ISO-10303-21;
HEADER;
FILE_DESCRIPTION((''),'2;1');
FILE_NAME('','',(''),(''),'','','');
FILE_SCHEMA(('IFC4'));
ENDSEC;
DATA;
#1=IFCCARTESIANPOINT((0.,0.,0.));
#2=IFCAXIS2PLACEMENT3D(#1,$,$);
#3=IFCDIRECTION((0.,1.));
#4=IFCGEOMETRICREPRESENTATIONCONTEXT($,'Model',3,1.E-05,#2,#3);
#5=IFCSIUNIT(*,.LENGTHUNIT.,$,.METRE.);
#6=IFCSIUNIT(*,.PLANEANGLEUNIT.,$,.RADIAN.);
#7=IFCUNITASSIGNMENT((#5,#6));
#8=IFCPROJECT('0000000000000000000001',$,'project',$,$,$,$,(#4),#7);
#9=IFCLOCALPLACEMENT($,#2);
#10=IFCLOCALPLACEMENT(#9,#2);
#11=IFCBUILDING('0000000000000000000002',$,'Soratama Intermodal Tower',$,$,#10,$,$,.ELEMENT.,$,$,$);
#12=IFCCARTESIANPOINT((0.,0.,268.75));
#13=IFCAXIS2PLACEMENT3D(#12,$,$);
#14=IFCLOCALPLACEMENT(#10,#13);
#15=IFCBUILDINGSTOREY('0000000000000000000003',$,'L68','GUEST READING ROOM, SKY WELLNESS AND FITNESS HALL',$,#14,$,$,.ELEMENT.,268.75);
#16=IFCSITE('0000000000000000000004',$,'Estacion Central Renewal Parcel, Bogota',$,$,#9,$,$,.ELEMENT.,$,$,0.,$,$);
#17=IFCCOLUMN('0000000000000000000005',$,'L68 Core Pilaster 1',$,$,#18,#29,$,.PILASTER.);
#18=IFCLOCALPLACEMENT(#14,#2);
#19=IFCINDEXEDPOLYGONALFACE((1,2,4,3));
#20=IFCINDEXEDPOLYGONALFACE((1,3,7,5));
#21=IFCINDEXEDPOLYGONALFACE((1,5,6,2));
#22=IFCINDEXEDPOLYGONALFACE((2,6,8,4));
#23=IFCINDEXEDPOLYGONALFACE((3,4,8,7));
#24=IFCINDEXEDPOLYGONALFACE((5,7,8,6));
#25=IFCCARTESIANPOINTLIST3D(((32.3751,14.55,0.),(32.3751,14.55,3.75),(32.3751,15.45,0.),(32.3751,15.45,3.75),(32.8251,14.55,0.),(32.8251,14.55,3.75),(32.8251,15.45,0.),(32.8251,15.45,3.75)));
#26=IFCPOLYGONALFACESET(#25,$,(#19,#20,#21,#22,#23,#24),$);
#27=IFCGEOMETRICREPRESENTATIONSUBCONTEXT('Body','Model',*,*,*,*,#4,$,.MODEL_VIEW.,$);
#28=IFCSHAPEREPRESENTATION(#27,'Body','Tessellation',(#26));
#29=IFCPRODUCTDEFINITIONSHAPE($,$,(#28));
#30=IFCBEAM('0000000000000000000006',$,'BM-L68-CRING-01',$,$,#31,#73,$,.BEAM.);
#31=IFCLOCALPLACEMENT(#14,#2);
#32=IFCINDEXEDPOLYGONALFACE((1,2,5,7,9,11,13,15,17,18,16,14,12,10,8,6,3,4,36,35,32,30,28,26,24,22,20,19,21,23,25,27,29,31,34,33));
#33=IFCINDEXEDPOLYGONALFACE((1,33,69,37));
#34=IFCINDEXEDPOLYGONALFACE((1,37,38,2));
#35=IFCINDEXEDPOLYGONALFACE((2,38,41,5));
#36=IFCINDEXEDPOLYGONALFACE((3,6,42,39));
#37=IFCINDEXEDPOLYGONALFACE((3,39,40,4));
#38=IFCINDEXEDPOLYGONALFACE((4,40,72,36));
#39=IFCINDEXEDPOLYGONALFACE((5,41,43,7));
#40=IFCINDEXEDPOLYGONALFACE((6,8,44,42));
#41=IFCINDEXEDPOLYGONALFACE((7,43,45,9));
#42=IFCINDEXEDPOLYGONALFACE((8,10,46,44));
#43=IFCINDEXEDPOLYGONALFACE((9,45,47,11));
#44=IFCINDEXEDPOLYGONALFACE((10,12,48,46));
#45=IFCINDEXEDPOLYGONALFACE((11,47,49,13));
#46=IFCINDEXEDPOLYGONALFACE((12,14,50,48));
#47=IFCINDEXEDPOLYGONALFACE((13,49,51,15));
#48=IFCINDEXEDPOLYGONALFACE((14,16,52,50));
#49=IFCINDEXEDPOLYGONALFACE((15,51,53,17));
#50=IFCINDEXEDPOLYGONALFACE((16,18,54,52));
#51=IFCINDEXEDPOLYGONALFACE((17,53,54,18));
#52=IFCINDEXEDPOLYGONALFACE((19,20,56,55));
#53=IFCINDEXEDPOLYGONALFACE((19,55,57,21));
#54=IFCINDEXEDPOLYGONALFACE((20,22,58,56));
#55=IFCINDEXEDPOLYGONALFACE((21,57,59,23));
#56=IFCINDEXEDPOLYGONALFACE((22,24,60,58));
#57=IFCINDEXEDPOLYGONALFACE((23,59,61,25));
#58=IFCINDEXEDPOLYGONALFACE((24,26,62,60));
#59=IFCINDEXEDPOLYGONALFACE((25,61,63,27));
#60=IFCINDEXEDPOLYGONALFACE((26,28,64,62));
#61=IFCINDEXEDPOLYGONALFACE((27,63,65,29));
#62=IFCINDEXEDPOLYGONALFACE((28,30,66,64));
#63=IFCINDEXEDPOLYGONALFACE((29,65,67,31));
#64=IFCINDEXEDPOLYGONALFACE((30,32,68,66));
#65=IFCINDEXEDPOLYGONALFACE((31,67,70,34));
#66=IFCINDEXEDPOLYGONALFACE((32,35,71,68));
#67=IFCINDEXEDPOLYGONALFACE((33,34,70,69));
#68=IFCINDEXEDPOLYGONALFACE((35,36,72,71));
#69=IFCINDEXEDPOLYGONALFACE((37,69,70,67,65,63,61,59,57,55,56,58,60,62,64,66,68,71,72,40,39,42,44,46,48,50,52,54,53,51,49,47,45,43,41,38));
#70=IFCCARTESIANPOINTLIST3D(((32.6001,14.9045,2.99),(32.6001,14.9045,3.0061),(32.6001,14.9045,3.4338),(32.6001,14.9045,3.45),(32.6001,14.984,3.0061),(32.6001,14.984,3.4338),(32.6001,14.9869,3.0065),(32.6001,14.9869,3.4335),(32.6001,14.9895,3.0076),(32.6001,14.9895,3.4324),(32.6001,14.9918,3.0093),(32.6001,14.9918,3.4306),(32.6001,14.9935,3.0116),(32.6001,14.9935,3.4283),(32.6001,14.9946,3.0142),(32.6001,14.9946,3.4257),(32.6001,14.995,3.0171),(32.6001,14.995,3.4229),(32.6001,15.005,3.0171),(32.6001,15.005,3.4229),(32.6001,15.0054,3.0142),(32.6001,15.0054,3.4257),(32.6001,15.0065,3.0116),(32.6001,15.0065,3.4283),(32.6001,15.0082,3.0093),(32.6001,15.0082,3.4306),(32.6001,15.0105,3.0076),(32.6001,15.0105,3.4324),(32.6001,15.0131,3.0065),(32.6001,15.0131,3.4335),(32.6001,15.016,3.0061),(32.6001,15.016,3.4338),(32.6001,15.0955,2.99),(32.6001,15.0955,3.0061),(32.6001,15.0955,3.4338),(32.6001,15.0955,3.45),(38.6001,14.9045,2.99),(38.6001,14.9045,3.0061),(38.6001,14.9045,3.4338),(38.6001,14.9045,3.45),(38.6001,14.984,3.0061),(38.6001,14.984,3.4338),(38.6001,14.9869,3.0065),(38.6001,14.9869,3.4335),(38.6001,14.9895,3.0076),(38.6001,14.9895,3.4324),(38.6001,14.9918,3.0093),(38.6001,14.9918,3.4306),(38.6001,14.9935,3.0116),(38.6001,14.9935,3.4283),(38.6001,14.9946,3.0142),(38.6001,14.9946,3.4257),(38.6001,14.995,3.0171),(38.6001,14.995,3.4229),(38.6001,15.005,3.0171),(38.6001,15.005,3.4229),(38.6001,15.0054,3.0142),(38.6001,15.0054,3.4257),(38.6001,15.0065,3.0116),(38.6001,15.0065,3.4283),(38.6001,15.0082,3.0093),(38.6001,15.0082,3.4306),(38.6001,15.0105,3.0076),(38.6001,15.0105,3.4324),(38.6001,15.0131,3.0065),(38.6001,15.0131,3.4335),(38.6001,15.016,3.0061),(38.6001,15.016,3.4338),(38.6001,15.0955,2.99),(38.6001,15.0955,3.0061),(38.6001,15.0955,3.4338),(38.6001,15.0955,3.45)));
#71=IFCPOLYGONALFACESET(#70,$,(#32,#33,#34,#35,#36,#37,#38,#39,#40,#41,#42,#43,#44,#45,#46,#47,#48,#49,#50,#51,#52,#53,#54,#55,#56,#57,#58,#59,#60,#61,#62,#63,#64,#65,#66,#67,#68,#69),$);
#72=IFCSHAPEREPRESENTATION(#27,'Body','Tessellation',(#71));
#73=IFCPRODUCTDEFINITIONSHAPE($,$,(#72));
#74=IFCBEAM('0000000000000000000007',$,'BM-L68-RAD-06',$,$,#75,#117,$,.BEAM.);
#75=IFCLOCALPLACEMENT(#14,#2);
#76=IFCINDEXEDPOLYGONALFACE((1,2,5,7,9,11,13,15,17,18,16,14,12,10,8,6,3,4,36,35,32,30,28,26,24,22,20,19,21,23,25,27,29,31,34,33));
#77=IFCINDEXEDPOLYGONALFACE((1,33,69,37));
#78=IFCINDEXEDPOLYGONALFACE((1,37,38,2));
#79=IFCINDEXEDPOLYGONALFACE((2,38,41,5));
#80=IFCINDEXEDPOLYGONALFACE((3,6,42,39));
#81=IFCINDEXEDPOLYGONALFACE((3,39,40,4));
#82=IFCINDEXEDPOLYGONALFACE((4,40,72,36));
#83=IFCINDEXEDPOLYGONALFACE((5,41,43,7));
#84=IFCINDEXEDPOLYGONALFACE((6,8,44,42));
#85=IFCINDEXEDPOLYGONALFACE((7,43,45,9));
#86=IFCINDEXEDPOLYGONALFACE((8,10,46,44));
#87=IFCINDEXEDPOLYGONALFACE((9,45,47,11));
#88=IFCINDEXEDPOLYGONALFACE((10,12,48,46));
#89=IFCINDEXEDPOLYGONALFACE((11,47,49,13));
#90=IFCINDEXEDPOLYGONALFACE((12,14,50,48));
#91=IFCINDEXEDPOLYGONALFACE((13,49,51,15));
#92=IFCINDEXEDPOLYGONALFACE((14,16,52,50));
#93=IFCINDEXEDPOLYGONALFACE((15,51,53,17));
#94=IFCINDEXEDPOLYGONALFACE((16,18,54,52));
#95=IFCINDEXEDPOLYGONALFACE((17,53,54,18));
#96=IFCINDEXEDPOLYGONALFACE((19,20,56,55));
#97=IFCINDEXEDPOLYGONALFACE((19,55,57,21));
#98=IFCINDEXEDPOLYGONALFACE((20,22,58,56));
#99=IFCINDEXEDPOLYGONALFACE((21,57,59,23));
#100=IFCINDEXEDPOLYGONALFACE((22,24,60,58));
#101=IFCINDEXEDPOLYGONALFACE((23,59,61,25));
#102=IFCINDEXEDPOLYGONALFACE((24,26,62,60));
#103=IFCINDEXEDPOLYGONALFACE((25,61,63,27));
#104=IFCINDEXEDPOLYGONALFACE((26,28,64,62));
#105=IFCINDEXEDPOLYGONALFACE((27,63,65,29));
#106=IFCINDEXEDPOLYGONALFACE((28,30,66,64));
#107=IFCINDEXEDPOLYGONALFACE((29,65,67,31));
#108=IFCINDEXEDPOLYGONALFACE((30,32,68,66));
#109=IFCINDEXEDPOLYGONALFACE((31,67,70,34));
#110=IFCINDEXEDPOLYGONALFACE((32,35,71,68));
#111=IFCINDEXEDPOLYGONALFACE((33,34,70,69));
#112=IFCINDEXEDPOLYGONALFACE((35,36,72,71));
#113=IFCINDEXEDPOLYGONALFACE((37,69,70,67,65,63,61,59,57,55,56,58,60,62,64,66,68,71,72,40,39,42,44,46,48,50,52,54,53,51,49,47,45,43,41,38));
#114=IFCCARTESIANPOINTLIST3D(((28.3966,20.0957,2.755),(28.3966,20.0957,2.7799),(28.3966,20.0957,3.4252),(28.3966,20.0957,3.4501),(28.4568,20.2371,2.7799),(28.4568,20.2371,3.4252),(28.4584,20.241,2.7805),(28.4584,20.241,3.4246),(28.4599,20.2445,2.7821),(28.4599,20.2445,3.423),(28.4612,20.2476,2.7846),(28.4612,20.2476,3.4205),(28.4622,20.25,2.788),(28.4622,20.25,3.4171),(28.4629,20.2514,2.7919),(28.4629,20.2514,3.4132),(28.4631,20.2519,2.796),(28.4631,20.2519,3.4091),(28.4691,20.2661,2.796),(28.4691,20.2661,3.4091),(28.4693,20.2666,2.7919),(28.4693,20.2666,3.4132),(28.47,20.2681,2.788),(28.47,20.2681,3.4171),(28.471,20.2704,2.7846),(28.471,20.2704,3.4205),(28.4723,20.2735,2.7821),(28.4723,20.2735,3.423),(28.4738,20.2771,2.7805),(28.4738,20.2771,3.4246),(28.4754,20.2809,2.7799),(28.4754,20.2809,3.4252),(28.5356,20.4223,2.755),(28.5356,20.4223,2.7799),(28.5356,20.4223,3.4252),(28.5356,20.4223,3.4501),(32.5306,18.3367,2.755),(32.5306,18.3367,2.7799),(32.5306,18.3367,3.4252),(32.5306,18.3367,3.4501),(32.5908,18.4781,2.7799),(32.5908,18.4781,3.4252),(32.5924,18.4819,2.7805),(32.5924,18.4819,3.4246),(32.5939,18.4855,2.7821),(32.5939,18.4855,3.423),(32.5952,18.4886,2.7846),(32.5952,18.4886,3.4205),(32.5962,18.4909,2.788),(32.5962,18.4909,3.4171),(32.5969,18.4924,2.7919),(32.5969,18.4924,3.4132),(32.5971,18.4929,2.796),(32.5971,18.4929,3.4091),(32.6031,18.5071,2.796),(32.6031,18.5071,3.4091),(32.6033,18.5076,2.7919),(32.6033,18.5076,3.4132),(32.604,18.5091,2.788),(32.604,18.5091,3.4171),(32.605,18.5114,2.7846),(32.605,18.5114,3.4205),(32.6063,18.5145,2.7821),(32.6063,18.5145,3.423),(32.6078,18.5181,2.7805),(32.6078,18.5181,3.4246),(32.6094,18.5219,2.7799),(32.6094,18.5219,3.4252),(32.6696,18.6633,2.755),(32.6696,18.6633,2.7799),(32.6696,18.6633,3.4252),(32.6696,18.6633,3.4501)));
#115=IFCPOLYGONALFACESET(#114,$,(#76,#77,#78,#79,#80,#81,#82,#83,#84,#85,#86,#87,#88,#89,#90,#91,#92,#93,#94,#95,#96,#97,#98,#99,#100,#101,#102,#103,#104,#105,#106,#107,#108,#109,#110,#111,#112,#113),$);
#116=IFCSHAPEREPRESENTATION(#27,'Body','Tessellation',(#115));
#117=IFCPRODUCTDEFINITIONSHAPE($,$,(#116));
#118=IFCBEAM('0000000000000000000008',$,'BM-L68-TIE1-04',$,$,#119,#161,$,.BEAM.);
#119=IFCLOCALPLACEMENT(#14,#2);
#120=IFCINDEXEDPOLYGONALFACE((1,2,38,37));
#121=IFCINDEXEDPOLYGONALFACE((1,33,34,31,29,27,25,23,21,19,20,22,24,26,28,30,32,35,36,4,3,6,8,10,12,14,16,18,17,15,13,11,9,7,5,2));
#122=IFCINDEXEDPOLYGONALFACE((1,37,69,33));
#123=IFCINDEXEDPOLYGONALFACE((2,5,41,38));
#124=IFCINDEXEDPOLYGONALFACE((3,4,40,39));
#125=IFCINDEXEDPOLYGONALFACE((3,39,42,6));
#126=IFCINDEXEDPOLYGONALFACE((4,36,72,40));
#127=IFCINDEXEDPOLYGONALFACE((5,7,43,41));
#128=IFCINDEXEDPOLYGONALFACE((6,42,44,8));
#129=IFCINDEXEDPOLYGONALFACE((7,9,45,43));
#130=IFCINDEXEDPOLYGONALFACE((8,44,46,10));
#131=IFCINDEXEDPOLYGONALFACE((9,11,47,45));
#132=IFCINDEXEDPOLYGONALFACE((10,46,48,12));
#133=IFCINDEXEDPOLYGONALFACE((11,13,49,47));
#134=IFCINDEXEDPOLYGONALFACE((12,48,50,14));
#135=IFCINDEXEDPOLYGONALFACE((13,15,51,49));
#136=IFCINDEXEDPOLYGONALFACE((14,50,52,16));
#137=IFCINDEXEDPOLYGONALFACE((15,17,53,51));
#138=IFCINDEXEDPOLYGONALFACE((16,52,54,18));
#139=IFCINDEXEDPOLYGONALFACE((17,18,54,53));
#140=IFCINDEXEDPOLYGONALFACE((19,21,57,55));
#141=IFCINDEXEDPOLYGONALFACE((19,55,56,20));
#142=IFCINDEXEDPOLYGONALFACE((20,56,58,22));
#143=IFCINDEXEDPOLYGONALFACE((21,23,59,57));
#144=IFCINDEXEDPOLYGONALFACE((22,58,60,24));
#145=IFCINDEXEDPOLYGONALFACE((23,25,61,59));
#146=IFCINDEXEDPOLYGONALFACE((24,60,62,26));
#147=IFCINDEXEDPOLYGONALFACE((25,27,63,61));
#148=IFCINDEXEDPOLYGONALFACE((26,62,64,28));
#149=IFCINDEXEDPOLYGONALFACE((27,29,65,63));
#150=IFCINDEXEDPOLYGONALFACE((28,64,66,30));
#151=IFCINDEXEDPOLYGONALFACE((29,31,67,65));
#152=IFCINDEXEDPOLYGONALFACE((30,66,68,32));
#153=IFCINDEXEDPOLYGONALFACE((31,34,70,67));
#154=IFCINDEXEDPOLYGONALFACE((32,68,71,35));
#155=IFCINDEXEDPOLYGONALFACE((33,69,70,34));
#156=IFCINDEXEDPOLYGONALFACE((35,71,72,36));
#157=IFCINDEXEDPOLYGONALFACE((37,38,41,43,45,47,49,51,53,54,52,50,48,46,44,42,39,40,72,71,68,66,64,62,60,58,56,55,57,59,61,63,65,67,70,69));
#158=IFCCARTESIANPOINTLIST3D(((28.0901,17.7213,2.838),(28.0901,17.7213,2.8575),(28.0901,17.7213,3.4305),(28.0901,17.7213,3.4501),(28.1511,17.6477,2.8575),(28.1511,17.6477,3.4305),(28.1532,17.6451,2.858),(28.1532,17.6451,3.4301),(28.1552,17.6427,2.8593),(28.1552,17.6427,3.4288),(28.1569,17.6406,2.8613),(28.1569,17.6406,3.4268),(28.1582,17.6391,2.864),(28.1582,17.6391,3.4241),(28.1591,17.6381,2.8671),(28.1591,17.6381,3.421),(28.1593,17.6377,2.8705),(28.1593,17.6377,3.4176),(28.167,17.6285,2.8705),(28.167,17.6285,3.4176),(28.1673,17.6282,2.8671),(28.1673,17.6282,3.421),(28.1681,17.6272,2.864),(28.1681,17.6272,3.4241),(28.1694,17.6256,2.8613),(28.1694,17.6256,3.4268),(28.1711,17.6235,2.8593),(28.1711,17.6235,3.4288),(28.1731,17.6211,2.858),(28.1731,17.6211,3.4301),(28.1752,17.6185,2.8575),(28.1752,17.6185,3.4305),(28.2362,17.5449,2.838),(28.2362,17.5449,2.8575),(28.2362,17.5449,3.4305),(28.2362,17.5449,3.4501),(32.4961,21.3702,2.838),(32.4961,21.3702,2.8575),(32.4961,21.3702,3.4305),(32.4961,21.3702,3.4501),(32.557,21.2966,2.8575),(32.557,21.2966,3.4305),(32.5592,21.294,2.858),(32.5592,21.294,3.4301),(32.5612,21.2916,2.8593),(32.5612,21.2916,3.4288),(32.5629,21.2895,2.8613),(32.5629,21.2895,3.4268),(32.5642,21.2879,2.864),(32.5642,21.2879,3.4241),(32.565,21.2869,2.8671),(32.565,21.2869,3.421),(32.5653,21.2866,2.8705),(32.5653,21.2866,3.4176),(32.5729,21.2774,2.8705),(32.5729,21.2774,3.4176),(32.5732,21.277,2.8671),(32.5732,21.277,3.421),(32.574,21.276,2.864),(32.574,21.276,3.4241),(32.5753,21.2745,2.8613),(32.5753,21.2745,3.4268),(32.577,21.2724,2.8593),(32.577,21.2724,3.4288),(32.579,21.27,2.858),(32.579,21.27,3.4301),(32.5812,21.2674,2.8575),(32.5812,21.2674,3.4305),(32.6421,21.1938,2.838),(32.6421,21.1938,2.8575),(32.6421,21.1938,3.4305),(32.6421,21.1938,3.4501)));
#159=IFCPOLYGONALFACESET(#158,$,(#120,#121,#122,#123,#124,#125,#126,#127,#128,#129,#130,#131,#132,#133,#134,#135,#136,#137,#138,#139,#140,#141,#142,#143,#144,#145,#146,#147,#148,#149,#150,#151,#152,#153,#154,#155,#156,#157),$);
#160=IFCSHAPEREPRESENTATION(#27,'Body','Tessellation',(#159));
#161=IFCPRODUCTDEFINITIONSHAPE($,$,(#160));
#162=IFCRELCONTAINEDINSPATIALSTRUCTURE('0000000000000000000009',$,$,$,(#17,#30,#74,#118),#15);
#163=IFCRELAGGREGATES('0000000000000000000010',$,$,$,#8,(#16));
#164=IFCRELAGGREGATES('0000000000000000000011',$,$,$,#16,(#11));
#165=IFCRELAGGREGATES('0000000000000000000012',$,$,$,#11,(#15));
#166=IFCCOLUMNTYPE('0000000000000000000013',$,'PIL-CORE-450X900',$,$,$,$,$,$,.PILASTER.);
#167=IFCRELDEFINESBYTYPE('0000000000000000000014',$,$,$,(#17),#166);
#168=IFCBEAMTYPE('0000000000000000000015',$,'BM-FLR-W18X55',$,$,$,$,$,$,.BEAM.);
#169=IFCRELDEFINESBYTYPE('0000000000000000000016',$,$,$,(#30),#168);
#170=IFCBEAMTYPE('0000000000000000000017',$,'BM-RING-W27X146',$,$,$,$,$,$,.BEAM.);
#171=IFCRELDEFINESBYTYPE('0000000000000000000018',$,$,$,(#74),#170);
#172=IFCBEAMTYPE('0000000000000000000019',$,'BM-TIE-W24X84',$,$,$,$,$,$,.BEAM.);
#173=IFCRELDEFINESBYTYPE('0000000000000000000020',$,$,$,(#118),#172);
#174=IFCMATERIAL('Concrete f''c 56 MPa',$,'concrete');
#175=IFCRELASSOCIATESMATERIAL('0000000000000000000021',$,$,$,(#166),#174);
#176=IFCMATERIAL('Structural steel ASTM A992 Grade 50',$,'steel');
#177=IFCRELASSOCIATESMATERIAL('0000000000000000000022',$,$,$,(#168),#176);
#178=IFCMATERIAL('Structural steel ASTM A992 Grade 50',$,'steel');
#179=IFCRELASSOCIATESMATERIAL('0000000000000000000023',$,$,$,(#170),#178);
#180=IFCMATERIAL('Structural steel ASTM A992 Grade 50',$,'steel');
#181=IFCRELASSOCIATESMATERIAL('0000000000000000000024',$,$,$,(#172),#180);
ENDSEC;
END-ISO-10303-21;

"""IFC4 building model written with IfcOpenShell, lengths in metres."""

from ifc_helpers import new_model, si_unit, direction, frame, origin, origin_2d, place, context, subcontext, project, spatial, rectangle, i_section, extrude, material, material_profile, profile_set, type_object, element, save


model = new_model("IFC4")

# Units and contexts
model_context = context("Model", 3, precision=1e-05, world=origin(), true_north=direction((0.0, 1.0)))
body_context = subcontext(model_context, "Body", "Model", "MODEL_VIEW")
ifc_project = project(units=[si_unit("LENGTHUNIT", "METRE"), si_unit("PLANEANGLEUNIT", "RADIAN")], contexts=[model_context])

# Site, building, storey
site_placement = place(None, origin())
site = spatial("IfcSite", under=ifc_project, at=site_placement, Name="Estacion Central Renewal Parcel, Bogota", CompositionType="ELEMENT", RefElevation=0.0)
building_placement = place(site_placement, origin())
building = spatial("IfcBuilding", under=site, at=building_placement, Name="Soratama Intermodal Tower", CompositionType="ELEMENT")
storey_placement = place(building_placement, frame((0.0, 0.0, 268.75)))
storey = spatial("IfcBuildingStorey", under=building, at=storey_placement, Name="L68", Description="GUEST READING ROOM, SKY WELLNESS AND FITNESS HALL", CompositionType="ELEMENT", Elevation=268.75)

# Column
ifc_material_1 = material(Name="Concrete f'c 56 MPa", Category="concrete")
ifc_material_profile_1 = material_profile(ifc_material_1, rectangle(XDim=0.45, YDim=0.8999, at=origin_2d()), Name="RC450X900")
ifc_profile_set_1 = profile_set([ifc_material_profile_1], Name="Concrete f'c 56 MPa")
column_type = type_object("IfcColumnType", Name="PIL-CORE-450X900", PredefinedType="PILASTER", material=ifc_profile_set_1)
column_placement = place(storey_placement, frame((32.6001, 15.0, 0.0), z_axis=(0.0, 0.0, 1.0), x_axis=(1.0, 0.0, 0.0)))
element("IfcColumn", 1, at=column_placement, inside=storey, type_object=column_type, Name="L68 Core Pilaster 1", PredefinedType="PILASTER", context=body_context, shape_type="SweptSolid", body=[
    extrude(rectangle(XDim=0.45, YDim=0.8999, at=origin_2d()), origin(), (0.0, 0.0, 1.0), 3.75),
])

# Beams
ifc_material_2 = material(Name="Structural steel ASTM A992 Grade 50", Category="steel")
ifc_material_profile_2 = material_profile(ifc_material_2, i_section(OverallWidth=0.1909, OverallDepth=0.46, WebThickness=0.01, FlangeThickness=0.0161, FilletRadius=0.011, at=origin_2d()), Name="W18X55")
ifc_profile_set_2 = profile_set([ifc_material_profile_2], Name="Structural steel ASTM A992 Grade 50")
beam_type_1 = type_object("IfcBeamType", Name="BM-FLR-W18X55", PredefinedType="BEAM", material=ifc_profile_set_2)
beam_1_placement = place(storey_placement, frame((32.6001, 15.0, 3.22), z_axis=(1.0, 0.0, 0.0), x_axis=(0.0, 1.0, 0.0)))
element("IfcBeam", 2, at=beam_1_placement, inside=storey, type_object=beam_type_1, Name="BM-L68-CRING-01", PredefinedType="BEAM", context=body_context, shape_type="SweptSolid", body=[
    extrude(i_section(OverallWidth=0.1909, OverallDepth=0.46, WebThickness=0.01, FlangeThickness=0.0161, FilletRadius=0.011, at=origin_2d()), origin(), (0.0, 0.0, 1.0), 6.0),
])
ifc_material_3 = material(Name="Structural steel ASTM A992 Grade 50", Category="steel")
ifc_material_profile_3 = material_profile(ifc_material_3, i_section(OverallWidth=0.355, OverallDepth=0.6951, WebThickness=0.0154, FlangeThickness=0.0249, FilletRadius=0.0161, at=origin_2d()), Name="W27X146")
ifc_profile_set_3 = profile_set([ifc_material_profile_3], Name="Structural steel ASTM A992 Grade 50")
beam_type_2 = type_object("IfcBeamType", Name="BM-RING-W27X146", PredefinedType="BEAM", material=ifc_profile_set_3)
beam_2_placement = place(storey_placement, frame((32.6001, 18.5, 3.1025), z_axis=(-0.920165, 0.391531, 0.0), x_axis=(-0.391531, -0.920165, 0.0)))
element("IfcBeam", 3, at=beam_2_placement, inside=storey, type_object=beam_type_2, Name="BM-L68-RAD-06", PredefinedType="BEAM", context=body_context, shape_type="SweptSolid", body=[
    extrude(i_section(OverallWidth=0.355, OverallDepth=0.6951, WebThickness=0.0154, FlangeThickness=0.0249, FilletRadius=0.0161, at=origin_2d()), origin(), (0.0, 0.0, 1.0), 4.4927),
])
ifc_material_4 = material(Name="Structural steel ASTM A992 Grade 50", Category="steel")
ifc_material_profile_4 = material_profile(ifc_material_4, i_section(OverallWidth=0.229, OverallDepth=0.6121, WebThickness=0.012, FlangeThickness=0.0195, FilletRadius=0.0129, at=origin_2d()), Name="W24X84")
ifc_profile_set_4 = profile_set([ifc_material_profile_4], Name="Structural steel ASTM A992 Grade 50")
beam_type_3 = type_object("IfcBeamType", Name="BM-TIE-W24X84", PredefinedType="BEAM", material=ifc_profile_set_4)
beam_3_placement = place(storey_placement, frame((32.5691, 21.282, 3.144), z_axis=(-0.770173, -0.637835, 0.0), x_axis=(0.637835, -0.770173, 0.0)))
element("IfcBeam", 4, at=beam_3_placement, inside=storey, type_object=beam_type_3, Name="BM-L68-TIE1-04", PredefinedType="BEAM", context=body_context, shape_type="SweptSolid", body=[
    extrude(i_section(OverallWidth=0.229, OverallDepth=0.6121, WebThickness=0.012, FlangeThickness=0.0195, FilletRadius=0.0129, at=origin_2d()), origin(), (0.0, 0.0, 1.0), 5.7207),
])

save(model, "model.ifc")
